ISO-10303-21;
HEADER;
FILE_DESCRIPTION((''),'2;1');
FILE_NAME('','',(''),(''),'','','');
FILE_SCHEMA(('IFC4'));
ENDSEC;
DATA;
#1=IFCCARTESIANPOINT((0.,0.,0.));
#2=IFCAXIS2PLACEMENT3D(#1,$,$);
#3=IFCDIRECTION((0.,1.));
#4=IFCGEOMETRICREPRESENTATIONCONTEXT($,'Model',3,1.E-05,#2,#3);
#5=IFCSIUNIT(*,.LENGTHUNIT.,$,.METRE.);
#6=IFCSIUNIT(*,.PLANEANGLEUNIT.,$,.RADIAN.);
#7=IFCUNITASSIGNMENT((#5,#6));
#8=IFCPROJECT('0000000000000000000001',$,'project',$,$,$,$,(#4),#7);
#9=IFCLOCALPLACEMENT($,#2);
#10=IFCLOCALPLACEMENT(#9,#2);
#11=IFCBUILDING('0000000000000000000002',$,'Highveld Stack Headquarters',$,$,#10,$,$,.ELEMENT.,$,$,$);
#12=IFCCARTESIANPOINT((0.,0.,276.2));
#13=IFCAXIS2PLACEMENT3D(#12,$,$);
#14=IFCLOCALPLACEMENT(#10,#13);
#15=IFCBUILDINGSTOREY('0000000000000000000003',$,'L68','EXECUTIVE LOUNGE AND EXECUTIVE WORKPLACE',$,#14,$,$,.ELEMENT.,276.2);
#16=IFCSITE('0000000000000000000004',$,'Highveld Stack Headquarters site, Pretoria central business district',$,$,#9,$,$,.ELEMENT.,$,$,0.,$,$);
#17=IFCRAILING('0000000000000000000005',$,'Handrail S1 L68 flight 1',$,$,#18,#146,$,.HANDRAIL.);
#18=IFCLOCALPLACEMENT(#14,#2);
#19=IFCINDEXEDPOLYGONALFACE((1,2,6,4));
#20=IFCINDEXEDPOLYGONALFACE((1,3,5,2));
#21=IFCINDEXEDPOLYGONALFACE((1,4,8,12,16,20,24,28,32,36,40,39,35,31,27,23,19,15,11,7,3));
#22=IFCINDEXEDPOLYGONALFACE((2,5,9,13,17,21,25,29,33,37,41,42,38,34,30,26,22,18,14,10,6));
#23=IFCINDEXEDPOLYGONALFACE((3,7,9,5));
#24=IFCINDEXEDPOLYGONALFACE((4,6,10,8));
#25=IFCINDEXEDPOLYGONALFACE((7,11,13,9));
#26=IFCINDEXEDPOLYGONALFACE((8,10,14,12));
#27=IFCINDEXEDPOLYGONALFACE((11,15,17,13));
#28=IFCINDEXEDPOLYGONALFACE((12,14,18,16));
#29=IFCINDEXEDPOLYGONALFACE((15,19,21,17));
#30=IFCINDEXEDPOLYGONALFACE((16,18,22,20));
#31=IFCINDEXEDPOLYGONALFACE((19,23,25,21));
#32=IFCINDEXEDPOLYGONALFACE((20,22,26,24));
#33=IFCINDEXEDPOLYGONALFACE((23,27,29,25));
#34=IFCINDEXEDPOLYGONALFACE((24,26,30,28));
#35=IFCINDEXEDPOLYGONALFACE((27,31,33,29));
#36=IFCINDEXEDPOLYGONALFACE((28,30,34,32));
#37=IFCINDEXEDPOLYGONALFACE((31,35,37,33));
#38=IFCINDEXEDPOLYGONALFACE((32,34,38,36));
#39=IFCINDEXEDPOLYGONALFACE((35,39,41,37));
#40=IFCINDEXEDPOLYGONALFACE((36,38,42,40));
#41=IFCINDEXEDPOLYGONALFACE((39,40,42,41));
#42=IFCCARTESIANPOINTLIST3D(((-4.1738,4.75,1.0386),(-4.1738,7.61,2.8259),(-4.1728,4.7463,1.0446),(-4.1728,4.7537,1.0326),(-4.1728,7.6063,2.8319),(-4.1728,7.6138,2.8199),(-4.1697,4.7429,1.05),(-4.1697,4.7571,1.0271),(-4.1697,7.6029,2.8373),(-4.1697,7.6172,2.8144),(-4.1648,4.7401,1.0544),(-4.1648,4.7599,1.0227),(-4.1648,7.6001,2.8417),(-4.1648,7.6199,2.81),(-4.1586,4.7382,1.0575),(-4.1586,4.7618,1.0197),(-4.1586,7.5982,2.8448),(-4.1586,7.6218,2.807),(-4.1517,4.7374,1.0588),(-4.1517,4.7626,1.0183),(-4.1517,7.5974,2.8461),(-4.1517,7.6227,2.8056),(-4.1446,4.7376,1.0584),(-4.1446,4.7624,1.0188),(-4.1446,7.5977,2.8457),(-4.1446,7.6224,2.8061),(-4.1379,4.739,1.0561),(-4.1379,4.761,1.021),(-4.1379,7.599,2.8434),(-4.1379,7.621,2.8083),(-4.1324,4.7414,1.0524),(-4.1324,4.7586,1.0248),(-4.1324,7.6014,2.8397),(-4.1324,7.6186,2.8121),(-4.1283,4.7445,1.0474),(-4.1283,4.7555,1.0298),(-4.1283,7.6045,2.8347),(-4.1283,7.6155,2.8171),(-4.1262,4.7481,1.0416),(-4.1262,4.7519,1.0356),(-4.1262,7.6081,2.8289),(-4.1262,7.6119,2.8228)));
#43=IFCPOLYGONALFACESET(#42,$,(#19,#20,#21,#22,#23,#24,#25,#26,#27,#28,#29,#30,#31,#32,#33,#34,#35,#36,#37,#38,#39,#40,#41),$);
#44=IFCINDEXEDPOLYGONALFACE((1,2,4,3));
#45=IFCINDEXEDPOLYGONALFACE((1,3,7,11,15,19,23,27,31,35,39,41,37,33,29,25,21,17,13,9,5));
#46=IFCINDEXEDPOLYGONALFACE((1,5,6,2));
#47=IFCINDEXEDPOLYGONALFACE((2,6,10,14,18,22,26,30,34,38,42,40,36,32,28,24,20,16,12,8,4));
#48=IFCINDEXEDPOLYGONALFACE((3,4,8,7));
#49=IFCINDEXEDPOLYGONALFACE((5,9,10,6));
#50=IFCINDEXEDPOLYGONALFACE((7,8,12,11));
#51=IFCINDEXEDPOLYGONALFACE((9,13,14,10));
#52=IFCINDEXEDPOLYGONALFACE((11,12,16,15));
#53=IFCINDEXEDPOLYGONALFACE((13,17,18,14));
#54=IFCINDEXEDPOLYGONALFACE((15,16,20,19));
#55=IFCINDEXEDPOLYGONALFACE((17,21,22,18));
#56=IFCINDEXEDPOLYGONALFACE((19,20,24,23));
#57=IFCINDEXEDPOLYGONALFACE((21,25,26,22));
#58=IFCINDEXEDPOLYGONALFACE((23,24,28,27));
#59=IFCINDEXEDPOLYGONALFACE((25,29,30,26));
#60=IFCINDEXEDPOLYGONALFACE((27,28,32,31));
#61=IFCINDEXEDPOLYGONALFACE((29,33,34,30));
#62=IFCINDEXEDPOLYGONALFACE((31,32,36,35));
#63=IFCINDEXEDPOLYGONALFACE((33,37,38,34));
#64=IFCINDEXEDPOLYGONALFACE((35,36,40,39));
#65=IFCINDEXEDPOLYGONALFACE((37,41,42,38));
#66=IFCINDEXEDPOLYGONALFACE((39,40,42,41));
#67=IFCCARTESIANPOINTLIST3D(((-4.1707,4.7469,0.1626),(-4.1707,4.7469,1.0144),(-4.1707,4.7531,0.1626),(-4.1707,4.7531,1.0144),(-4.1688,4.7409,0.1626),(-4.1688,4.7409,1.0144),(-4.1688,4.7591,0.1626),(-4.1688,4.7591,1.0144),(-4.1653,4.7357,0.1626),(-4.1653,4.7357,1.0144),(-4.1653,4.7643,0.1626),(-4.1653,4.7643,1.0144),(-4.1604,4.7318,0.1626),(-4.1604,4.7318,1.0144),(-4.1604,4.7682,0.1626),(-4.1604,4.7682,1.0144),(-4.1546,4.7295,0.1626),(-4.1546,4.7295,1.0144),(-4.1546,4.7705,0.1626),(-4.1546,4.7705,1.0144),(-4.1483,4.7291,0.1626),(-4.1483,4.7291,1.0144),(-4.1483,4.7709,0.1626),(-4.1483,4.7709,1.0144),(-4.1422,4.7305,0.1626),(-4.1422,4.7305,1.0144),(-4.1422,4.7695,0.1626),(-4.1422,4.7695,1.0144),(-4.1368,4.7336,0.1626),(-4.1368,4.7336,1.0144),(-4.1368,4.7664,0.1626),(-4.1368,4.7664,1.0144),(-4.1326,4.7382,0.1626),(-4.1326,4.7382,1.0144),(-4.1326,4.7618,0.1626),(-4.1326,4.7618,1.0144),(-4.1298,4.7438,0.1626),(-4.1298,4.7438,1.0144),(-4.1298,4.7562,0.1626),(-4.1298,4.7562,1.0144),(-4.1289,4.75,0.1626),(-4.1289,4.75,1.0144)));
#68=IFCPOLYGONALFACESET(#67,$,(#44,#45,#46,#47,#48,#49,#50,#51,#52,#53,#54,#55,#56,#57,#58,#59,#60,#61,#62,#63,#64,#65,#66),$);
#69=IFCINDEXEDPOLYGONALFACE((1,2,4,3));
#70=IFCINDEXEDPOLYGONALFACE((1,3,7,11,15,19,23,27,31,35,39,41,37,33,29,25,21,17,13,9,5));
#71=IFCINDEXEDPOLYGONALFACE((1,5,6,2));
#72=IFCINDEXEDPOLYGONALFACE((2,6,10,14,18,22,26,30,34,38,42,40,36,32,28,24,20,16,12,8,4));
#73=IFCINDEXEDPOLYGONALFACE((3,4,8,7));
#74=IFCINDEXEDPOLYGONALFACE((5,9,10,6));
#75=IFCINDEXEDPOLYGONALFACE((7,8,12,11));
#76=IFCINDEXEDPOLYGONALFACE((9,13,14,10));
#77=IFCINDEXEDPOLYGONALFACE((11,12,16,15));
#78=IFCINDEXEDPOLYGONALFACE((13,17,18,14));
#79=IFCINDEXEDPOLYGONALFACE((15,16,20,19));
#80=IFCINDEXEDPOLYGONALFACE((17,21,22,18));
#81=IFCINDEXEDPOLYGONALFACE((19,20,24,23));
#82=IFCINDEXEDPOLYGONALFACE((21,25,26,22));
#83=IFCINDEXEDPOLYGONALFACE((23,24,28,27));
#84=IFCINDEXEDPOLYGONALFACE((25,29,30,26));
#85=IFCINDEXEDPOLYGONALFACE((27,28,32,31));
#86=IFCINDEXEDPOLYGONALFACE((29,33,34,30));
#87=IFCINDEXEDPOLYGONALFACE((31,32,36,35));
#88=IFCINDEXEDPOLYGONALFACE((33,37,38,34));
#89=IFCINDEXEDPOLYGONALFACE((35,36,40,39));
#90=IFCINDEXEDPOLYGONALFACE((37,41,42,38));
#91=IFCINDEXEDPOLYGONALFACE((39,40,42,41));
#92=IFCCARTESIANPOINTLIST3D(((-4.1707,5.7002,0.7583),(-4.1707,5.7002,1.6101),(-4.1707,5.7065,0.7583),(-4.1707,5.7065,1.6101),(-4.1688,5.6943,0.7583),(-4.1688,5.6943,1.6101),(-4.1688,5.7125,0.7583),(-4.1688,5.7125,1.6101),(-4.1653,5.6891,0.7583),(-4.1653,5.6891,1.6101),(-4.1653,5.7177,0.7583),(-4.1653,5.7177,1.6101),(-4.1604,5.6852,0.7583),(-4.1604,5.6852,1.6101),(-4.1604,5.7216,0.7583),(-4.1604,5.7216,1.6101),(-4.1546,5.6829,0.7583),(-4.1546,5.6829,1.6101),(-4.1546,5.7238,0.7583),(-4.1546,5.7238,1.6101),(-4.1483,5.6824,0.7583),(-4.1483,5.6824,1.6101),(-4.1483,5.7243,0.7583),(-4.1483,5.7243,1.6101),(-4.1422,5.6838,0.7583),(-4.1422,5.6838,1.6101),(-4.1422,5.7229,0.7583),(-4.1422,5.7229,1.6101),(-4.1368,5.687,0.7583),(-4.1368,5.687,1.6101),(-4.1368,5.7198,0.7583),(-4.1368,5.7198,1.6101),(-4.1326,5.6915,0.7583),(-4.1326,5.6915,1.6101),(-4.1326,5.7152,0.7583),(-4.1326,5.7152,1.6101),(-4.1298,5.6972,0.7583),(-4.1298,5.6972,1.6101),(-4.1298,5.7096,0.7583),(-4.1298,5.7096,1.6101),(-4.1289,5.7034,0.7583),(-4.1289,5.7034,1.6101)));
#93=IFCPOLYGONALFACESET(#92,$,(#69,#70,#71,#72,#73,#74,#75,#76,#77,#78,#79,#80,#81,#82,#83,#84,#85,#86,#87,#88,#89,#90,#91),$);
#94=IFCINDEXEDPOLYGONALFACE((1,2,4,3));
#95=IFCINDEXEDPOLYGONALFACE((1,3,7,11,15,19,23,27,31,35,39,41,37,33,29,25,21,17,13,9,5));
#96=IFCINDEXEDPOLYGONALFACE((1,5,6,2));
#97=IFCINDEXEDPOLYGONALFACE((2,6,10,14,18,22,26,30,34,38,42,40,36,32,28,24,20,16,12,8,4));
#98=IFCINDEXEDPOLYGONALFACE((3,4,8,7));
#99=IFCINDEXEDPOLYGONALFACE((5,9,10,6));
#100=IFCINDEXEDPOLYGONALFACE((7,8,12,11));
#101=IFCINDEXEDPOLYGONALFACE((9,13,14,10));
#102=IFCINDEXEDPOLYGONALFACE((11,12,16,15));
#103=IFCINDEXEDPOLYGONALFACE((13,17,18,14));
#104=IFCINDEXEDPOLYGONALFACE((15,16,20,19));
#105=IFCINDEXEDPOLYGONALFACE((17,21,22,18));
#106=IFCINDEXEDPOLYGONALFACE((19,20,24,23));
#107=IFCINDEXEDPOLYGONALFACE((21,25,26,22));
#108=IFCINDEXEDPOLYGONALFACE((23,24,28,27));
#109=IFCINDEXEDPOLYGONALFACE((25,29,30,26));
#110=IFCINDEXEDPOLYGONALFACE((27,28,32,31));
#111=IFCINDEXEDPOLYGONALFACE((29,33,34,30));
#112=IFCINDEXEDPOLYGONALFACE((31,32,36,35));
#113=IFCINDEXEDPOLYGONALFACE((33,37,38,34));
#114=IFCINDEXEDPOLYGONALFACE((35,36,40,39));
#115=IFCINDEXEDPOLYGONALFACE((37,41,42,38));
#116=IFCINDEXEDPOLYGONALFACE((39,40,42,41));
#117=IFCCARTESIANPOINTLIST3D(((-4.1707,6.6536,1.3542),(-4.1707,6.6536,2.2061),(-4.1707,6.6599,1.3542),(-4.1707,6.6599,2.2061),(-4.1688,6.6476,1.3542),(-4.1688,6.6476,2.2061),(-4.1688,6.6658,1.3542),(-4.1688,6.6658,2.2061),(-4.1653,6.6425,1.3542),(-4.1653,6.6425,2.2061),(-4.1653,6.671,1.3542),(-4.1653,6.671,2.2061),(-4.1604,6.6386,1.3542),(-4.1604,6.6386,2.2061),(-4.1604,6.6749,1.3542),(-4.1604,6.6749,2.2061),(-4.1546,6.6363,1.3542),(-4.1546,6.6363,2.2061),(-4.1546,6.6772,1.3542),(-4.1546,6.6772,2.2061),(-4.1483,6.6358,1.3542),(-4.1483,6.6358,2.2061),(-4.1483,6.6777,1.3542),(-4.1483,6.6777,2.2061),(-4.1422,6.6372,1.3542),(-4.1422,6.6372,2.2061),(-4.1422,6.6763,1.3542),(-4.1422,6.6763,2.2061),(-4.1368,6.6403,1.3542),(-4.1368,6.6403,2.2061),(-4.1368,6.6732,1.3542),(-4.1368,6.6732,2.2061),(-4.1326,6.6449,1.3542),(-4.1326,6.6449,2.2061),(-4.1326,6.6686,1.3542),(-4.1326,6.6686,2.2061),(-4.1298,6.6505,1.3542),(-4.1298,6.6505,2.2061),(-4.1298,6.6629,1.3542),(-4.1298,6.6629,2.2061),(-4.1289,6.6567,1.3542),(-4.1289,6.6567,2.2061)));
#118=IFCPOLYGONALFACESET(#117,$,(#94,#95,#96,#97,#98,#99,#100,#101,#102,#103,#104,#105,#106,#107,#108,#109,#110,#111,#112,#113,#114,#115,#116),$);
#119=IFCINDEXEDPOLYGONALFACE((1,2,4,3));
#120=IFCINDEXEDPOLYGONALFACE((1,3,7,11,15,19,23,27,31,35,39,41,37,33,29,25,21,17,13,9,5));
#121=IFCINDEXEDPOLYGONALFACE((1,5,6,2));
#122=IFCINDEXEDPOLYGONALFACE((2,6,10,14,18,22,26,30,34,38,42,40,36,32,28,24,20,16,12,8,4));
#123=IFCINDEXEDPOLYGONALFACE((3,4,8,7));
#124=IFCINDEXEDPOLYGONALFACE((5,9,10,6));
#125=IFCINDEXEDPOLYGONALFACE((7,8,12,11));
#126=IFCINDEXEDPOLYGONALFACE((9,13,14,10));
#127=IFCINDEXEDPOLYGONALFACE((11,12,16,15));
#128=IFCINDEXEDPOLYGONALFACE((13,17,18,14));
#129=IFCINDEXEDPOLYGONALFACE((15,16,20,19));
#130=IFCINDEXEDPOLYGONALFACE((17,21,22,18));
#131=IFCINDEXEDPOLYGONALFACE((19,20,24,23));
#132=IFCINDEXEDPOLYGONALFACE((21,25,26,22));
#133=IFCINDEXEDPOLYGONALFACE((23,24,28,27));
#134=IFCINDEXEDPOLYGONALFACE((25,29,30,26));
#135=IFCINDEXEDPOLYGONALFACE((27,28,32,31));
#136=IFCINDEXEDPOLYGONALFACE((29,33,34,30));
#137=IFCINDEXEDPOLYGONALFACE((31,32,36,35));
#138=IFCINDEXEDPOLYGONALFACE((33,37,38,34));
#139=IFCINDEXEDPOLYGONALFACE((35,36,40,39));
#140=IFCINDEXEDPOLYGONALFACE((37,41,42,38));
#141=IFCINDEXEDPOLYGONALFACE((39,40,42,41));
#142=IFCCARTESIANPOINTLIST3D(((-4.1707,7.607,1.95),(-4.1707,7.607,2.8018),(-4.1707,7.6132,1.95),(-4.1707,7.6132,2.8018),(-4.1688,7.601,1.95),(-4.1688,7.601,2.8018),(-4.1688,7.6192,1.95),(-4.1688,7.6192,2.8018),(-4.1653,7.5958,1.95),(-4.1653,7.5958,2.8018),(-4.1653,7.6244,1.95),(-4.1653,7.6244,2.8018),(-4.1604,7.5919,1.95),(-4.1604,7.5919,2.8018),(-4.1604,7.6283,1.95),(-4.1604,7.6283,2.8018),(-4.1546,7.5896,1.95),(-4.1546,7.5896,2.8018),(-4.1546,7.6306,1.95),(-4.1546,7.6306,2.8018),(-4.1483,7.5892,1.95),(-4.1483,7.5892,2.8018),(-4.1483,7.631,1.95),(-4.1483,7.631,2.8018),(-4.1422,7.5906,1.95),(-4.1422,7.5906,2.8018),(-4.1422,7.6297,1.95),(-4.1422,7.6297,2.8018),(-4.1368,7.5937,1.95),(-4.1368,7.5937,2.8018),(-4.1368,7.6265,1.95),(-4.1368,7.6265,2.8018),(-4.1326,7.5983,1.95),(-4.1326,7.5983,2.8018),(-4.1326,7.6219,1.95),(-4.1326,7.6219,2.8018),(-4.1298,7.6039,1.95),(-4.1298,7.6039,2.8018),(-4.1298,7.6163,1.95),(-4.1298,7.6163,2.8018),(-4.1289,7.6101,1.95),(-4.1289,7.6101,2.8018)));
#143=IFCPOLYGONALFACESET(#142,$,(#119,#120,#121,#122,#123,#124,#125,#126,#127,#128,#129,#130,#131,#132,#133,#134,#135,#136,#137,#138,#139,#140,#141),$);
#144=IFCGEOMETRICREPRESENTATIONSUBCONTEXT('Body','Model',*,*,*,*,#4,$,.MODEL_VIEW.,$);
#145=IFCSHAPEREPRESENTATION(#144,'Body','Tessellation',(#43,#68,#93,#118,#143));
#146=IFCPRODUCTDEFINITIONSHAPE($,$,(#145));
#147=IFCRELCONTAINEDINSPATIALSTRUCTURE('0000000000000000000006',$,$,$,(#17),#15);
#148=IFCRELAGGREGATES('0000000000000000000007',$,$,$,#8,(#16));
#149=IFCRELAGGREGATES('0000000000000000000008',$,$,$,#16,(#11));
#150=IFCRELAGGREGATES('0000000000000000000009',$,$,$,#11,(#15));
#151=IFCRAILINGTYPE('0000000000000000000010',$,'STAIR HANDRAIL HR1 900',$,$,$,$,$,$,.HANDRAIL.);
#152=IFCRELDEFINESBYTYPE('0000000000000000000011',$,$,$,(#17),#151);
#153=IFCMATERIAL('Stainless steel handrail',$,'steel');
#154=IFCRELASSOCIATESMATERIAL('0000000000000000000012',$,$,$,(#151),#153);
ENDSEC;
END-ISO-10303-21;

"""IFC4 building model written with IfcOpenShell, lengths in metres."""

from ifc_helpers import new_model, si_unit, direction, frame, origin, origin_2d, place, context, subcontext, project, spatial, circle, extrude, material, type_object, element, save


model = new_model("IFC4")

# Units and contexts
model_context = context("Model", 3, precision=1e-05, world=origin(), true_north=direction((0.0, 1.0)))
body_context = subcontext(model_context, "Body", "Model", "MODEL_VIEW")
ifc_project = project(units=[si_unit("LENGTHUNIT", "METRE"), si_unit("PLANEANGLEUNIT", "RADIAN")], contexts=[model_context])

# Site, building, storey
site_placement = place(None, origin())
site = spatial("IfcSite", under=ifc_project, at=site_placement, Name="Highveld Stack Headquarters site, Pretoria central business district", CompositionType="ELEMENT", RefElevation=0.0)
building_placement = place(site_placement, origin())
building = spatial("IfcBuilding", under=site, at=building_placement, Name="Highveld Stack Headquarters", CompositionType="ELEMENT")
storey_placement = place(building_placement, frame((0.0, 0.0, 276.2)))
storey = spatial("IfcBuildingStorey", under=building, at=storey_placement, Name="L68", Description="EXECUTIVE LOUNGE AND EXECUTIVE WORKPLACE", CompositionType="ELEMENT", Elevation=276.2)

# Railing
ifc_material_1 = material(Name="Stainless steel handrail", Category="steel")
railing_type = type_object("IfcRailingType", Name="STAIR HANDRAIL HR1 900", PredefinedType="HANDRAIL", material=ifc_material_1)
for number, where, name in (
    (1, (-4.1499, 4.75, 0.1626), "Handrail S1 L68 flight 1"),
):
    element("IfcRailing", number, at=place(storey_placement, frame(where)), inside=storey, type_object=railing_type, Name=name, PredefinedType="HANDRAIL", context=body_context, shape_type="SweptSolid", body=[
        extrude(circle(Radius=0.0239, at=origin_2d()), frame((0.0, 0.0, 0.876), z_axis=(0.0, 0.848027, 0.529953), x_axis=(-1.0, 0.0, 0.0)), (0.0, 0.0, 1.0), 3.3726),
        extrude(circle(Radius=0.021, at=origin_2d()), origin(), (0.0, 0.0, 1.0), 0.8518),
        extrude(circle(Radius=0.021, at=origin_2d()), frame((0.0, 0.9534, 0.5957)), (0.0, 0.0, 1.0), 0.8518),
        extrude(circle(Radius=0.021, at=origin_2d()), frame((0.0, 1.9067, 1.1917)), (0.0, 0.0, 1.0), 0.8518),
        extrude(circle(Radius=0.021, at=origin_2d()), frame((0.0, 2.8601, 1.7874)), (0.0, 0.0, 1.0), 0.8518),
    ])

save(model, "model.ifc")
